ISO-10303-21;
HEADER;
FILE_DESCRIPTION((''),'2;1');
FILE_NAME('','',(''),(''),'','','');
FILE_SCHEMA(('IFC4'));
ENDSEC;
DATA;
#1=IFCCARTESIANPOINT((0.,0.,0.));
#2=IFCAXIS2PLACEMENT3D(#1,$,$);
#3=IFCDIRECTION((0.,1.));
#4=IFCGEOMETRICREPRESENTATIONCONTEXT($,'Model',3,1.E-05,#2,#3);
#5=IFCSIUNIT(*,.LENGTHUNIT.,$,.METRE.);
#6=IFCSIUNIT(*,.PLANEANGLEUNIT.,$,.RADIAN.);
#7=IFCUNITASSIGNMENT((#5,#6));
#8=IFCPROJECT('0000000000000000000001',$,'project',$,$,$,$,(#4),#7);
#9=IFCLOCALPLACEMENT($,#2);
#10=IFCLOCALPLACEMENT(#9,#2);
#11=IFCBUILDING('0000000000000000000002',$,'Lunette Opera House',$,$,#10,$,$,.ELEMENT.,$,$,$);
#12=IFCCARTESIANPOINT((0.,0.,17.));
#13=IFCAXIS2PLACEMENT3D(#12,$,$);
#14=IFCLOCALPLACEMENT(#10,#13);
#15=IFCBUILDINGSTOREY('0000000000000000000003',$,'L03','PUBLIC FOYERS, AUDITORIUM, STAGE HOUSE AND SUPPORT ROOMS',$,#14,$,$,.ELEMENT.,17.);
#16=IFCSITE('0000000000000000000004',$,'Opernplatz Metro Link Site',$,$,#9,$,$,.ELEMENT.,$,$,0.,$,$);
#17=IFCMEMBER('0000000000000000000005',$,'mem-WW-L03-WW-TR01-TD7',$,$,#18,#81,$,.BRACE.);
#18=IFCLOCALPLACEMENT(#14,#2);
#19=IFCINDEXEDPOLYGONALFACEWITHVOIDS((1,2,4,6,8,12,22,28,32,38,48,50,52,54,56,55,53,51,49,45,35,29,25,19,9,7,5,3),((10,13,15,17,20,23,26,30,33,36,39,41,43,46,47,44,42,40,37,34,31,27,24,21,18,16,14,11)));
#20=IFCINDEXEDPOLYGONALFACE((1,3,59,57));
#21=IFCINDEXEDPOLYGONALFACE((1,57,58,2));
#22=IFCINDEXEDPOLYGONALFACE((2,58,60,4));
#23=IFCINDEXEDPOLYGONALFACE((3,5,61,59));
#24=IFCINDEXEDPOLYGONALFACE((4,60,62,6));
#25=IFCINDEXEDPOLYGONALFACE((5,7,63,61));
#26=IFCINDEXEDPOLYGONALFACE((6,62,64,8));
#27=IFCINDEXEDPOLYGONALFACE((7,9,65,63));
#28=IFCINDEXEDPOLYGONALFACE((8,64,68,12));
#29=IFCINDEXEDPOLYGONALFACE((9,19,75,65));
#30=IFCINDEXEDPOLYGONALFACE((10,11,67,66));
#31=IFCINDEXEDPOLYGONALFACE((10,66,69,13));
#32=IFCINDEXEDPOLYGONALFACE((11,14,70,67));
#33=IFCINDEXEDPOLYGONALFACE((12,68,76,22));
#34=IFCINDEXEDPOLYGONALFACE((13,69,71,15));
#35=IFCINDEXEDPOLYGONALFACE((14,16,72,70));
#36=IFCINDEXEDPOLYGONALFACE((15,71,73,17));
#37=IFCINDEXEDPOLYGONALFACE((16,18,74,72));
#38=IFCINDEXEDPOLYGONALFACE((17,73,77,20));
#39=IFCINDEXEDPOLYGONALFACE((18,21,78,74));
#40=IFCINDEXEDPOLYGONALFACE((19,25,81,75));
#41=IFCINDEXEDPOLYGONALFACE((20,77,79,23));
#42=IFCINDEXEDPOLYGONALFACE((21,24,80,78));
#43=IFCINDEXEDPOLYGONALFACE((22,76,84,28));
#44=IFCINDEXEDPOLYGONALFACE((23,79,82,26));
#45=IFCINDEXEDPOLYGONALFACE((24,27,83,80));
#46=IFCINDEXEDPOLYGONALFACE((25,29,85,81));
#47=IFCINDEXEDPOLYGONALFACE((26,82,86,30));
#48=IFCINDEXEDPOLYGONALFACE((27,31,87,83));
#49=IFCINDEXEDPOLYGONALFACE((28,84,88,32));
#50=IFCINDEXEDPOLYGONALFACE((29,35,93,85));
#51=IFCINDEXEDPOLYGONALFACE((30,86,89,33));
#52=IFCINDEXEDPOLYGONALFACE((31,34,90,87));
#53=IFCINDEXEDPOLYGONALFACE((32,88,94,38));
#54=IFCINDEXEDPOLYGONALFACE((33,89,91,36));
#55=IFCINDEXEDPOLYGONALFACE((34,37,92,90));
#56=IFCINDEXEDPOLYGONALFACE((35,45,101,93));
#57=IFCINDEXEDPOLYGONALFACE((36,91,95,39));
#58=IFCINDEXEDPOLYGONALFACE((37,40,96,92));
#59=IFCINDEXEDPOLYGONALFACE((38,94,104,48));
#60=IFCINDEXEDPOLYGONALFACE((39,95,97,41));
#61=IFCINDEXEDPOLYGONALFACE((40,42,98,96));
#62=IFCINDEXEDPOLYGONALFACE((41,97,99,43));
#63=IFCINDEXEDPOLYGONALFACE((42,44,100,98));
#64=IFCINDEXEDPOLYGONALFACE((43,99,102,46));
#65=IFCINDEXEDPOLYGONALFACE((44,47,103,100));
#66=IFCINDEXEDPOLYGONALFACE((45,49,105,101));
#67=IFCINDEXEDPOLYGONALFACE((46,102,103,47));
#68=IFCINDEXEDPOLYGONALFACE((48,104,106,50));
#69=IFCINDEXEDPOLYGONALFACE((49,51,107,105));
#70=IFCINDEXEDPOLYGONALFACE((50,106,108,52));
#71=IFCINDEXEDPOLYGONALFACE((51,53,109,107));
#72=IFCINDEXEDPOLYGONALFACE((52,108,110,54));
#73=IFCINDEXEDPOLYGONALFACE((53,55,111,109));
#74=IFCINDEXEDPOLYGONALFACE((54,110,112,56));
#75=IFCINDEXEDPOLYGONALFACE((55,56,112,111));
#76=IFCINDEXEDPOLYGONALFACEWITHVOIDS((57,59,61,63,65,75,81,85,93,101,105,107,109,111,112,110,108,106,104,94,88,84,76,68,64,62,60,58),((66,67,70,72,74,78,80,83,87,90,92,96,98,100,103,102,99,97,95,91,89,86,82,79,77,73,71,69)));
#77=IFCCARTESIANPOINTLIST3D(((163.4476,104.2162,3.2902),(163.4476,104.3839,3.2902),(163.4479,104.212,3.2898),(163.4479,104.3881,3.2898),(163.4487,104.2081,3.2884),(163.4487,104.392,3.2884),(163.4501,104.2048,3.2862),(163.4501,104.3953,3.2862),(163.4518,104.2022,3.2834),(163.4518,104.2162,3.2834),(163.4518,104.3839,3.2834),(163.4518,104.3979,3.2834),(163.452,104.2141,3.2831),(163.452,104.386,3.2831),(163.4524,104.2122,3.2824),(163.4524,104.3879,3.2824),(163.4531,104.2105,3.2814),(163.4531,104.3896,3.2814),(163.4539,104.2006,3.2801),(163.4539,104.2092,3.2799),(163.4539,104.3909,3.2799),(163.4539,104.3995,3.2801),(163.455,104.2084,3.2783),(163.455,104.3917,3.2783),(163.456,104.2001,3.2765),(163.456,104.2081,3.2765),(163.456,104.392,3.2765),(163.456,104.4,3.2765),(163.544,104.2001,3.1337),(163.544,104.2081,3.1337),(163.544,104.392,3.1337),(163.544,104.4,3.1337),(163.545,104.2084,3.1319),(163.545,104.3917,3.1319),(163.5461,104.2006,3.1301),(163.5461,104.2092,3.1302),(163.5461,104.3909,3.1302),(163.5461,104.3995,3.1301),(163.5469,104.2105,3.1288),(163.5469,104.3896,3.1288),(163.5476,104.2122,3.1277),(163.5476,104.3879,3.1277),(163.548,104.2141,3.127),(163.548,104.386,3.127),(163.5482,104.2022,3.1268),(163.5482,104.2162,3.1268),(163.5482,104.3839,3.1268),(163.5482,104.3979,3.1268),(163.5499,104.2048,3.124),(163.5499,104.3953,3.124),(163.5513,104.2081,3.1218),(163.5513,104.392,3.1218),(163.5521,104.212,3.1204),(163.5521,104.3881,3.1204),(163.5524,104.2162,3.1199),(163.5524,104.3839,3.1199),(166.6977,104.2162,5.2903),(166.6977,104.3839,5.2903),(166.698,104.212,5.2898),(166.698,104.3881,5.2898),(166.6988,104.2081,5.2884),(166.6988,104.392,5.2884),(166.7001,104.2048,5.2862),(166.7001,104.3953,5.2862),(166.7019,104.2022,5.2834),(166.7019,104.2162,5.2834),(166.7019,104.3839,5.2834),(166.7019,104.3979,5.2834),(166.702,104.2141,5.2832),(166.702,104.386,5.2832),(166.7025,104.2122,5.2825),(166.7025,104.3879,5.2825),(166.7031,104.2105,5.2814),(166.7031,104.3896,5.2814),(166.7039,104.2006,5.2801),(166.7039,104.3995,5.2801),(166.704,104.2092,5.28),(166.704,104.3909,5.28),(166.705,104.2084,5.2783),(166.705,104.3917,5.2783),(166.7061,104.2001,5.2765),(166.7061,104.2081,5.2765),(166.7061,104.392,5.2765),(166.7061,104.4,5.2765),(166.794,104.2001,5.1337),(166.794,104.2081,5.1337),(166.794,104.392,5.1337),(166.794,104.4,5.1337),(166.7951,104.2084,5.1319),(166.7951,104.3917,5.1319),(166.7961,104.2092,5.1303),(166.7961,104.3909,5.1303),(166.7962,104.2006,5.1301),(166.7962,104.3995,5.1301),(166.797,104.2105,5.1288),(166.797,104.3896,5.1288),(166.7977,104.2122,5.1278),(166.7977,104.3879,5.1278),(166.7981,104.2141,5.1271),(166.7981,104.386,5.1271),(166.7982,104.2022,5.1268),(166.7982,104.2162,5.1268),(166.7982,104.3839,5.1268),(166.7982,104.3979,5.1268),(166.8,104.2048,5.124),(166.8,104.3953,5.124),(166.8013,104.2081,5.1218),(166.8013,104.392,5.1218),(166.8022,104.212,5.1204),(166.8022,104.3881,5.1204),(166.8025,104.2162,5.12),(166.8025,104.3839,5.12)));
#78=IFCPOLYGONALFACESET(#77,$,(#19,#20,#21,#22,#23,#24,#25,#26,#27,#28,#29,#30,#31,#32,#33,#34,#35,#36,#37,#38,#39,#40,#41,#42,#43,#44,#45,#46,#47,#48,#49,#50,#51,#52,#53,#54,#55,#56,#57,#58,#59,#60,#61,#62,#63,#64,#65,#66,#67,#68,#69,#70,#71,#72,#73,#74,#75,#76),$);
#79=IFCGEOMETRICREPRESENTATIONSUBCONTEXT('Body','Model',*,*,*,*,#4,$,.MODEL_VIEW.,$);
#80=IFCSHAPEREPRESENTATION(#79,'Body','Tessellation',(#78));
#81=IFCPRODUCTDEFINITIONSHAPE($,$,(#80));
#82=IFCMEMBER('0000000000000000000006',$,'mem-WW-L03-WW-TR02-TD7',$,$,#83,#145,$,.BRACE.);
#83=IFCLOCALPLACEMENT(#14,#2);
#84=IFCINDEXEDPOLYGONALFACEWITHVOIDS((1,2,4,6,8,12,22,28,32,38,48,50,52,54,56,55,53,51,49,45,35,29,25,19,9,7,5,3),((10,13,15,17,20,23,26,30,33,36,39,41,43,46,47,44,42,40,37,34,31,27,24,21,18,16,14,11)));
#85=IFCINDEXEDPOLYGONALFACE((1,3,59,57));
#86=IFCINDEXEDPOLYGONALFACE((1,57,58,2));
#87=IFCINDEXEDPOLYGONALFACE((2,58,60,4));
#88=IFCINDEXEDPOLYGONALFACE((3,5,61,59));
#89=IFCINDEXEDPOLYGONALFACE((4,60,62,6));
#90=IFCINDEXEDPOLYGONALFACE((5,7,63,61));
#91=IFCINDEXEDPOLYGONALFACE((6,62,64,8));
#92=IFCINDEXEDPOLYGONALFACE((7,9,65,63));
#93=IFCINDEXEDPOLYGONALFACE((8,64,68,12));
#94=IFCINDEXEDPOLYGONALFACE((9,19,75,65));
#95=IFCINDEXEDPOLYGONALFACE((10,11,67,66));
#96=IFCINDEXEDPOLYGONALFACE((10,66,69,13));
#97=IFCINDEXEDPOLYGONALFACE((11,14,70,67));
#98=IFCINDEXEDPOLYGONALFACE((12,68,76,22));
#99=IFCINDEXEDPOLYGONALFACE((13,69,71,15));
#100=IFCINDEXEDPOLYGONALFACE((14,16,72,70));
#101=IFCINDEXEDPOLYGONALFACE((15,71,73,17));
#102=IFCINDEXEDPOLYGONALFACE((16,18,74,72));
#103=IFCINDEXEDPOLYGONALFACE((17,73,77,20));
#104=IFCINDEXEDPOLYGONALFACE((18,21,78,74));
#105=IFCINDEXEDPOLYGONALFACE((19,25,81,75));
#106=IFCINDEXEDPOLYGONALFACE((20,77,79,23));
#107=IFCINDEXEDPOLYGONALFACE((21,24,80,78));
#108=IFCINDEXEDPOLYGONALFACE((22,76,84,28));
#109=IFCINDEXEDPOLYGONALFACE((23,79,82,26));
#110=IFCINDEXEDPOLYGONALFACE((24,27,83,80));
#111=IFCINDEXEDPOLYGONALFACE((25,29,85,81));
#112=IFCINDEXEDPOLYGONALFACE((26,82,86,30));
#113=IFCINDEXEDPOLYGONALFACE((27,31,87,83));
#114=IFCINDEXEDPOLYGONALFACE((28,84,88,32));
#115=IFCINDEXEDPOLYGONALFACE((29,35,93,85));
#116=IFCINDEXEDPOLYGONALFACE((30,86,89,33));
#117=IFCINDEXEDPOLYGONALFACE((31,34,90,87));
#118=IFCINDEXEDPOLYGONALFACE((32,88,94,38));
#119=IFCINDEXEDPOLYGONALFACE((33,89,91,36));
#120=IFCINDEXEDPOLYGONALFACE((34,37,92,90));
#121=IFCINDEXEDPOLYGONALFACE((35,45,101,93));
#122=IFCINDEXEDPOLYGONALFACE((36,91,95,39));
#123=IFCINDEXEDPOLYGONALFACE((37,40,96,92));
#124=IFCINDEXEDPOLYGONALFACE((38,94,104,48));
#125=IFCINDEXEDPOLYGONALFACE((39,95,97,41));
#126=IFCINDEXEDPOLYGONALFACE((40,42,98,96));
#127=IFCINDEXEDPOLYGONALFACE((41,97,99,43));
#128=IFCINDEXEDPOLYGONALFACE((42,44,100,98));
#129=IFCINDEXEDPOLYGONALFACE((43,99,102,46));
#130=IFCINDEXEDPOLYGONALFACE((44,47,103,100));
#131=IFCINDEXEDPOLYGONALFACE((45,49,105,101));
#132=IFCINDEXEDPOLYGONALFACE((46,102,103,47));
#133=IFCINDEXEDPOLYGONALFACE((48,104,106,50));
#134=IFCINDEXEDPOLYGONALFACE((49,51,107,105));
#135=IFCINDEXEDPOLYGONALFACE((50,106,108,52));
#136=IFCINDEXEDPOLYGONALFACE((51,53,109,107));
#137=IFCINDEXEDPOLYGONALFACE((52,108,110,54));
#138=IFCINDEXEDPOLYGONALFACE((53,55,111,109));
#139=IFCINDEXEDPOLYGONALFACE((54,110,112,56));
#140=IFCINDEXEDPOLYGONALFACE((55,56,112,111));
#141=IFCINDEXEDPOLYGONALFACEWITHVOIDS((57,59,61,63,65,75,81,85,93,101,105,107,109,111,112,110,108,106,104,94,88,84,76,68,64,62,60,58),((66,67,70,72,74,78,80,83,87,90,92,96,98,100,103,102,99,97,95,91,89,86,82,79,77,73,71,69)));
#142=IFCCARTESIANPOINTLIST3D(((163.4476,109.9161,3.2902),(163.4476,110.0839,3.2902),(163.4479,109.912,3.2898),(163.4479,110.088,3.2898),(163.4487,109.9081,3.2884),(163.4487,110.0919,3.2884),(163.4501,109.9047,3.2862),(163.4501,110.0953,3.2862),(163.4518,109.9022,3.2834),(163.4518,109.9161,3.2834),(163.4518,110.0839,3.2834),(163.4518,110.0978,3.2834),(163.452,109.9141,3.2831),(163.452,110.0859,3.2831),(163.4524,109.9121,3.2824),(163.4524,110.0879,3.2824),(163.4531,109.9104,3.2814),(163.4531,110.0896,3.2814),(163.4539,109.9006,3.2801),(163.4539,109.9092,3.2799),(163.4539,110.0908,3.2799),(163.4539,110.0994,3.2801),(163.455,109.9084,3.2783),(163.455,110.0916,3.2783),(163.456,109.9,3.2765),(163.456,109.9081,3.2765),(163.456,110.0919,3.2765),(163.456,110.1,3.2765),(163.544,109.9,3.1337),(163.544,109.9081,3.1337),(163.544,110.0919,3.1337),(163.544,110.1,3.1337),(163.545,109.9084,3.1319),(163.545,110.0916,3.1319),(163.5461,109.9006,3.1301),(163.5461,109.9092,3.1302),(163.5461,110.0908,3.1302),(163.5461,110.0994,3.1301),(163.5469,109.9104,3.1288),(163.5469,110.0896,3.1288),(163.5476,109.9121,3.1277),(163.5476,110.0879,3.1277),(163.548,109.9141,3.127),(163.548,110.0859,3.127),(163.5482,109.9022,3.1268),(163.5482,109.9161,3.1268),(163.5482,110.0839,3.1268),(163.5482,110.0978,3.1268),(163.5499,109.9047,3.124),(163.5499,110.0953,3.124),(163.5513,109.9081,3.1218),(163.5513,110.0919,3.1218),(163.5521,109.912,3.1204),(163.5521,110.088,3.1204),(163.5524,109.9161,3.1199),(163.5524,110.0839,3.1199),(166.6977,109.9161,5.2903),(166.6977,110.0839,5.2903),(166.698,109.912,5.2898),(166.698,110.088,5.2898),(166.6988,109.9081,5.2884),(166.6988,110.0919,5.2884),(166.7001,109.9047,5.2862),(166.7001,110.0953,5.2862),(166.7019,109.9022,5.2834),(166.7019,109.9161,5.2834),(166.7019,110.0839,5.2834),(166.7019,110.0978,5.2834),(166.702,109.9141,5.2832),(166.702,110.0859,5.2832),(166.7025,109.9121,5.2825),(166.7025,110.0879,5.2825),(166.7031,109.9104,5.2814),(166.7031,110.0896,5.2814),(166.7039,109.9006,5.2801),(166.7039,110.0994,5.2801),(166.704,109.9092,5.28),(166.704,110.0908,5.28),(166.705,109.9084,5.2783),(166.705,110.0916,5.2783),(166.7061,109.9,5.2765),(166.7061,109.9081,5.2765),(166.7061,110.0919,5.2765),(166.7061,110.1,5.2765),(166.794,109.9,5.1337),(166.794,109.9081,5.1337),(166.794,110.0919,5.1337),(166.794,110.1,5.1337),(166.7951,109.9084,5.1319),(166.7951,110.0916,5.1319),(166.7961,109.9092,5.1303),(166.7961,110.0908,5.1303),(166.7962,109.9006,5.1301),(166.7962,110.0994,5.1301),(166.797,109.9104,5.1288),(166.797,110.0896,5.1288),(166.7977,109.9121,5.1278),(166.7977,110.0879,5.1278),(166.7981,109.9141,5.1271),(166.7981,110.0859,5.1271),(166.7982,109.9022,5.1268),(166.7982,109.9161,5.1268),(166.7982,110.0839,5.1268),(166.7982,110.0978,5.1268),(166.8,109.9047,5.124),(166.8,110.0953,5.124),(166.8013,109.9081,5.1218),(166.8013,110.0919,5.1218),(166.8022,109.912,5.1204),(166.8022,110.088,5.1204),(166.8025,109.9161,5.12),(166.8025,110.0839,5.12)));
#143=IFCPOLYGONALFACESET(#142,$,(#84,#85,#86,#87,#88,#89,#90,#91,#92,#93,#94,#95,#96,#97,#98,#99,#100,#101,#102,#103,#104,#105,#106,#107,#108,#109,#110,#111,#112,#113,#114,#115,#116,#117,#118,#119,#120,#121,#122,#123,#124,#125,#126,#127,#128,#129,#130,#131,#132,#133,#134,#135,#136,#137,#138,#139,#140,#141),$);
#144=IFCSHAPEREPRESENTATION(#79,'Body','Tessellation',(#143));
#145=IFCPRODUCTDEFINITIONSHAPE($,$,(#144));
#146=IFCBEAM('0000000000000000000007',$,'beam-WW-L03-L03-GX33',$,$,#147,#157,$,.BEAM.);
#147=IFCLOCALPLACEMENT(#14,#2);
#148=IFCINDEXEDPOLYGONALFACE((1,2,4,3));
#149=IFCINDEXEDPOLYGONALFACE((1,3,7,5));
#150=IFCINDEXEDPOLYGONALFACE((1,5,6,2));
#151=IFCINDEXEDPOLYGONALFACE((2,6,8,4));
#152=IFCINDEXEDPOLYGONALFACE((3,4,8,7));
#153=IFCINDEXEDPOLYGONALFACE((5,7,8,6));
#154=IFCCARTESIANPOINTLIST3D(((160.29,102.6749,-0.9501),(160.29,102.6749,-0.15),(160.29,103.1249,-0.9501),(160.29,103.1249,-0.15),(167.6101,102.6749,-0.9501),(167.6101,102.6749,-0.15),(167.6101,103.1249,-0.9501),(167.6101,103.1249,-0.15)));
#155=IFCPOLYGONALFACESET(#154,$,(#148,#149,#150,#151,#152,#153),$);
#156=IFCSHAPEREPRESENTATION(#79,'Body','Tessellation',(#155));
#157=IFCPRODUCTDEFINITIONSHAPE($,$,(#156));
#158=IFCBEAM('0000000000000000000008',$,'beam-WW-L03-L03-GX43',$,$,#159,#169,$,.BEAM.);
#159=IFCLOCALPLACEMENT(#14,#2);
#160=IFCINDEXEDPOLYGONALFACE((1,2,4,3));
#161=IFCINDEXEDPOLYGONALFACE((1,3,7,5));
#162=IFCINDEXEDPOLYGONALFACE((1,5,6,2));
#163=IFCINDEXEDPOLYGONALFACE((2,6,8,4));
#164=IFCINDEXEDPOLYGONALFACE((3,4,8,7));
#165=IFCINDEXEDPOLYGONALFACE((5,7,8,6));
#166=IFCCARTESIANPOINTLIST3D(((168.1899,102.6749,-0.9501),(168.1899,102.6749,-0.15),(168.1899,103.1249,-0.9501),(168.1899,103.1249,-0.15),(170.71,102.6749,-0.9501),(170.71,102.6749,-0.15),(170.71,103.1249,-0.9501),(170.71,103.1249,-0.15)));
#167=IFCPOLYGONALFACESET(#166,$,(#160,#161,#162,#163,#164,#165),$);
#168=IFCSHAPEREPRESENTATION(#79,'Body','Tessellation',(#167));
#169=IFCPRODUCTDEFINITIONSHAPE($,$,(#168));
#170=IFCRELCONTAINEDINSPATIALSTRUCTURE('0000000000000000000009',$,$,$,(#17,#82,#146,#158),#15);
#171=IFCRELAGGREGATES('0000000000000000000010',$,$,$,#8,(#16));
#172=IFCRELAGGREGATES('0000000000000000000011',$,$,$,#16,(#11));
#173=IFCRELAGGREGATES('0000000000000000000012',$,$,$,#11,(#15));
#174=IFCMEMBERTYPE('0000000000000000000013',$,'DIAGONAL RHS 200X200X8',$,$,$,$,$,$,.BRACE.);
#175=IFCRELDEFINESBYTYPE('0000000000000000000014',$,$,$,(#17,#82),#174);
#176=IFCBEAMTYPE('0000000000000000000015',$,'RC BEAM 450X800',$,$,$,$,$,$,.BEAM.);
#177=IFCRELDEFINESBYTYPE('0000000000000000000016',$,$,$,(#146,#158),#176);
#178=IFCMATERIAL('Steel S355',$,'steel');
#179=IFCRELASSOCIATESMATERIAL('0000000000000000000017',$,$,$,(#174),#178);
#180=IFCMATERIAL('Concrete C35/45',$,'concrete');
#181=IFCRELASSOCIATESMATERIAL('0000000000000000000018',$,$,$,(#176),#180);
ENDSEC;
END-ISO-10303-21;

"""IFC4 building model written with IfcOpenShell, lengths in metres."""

from ifc_helpers import new_model, si_unit, direction, frame, origin, origin_2d, place, context, subcontext, project, spatial, rectangle, hollow_rectangle, extrude, material, material_profile, profile_set, type_object, element, save


model = new_model("IFC4")

# Units and contexts
model_context = context("Model", 3, precision=1e-05, world=origin(), true_north=direction((0.0, 1.0)))
body_context = subcontext(model_context, "Body", "Model", "MODEL_VIEW")
ifc_project = project(units=[si_unit("LENGTHUNIT", "METRE"), si_unit("PLANEANGLEUNIT", "RADIAN")], contexts=[model_context])

# Site, building, storey
site_placement = place(None, origin())
site = spatial("IfcSite", under=ifc_project, at=site_placement, Name="Opernplatz Metro Link Site", CompositionType="ELEMENT", RefElevation=0.0)
building_placement = place(site_placement, origin())
building = spatial("IfcBuilding", under=site, at=building_placement, Name="Lunette Opera House", CompositionType="ELEMENT")
storey_placement = place(building_placement, frame((0.0, 0.0, 17.0)))
storey = spatial("IfcBuildingStorey", under=building, at=storey_placement, Name="L03", Description="PUBLIC FOYERS, AUDITORIUM, STAGE HOUSE AND SUPPORT ROOMS", CompositionType="ELEMENT", Elevation=17.0)

# Members
ifc_material_1 = material(Name="Steel S355", Category="steel")
ifc_material_profile_1 = material_profile(ifc_material_1, hollow_rectangle(XDim=0.2, YDim=0.2, WallThickness=0.0081, InnerFilletRadius=0.0081, OuterFilletRadius=0.0161, at=origin_2d()), Name="RHS 200X200X8")
ifc_profile_set_1 = profile_set([ifc_material_profile_1], Name="Steel S355")
member_type_1 = type_object("IfcMemberType", Name="DIAGONAL RHS 200X200X8", PredefinedType="BRACE", material=ifc_profile_set_1)
for number, where, z_axis, x_axis, name in (
    (1, (163.5, 104.3, 3.2051), (0.851658, 0.0, 0.524097), (0.0, 1.0, 0.0), "mem-WW-L03-WW-TR01-TD7"),
    (2, (163.5, 110.0, 3.2051), (0.851658, 0.0, 0.524097), (0.0, 1.0, 0.0), "mem-WW-L03-WW-TR02-TD7"),
):
    element("IfcMember", number, at=place(storey_placement, frame(where, z_axis=z_axis, x_axis=x_axis)), inside=storey, type_object=member_type_1, Name=name, PredefinedType="BRACE", context=body_context, shape_type="SweptSolid", body=[
        extrude(hollow_rectangle(XDim=0.2, YDim=0.2, WallThickness=0.0081, InnerFilletRadius=0.0081, OuterFilletRadius=0.0161, at=origin_2d()), origin(), (0.0, 0.0, 1.0), 3.8162),
    ])

# Beams
ifc_material_2 = material(Name="Concrete C35/45", Category="concrete")
ifc_material_profile_2 = material_profile(ifc_material_2, rectangle(XDim=0.45, YDim=0.8, at=origin_2d()), Name="RC BEAM 450X800")
ifc_profile_set_2 = profile_set([ifc_material_profile_2], Name="Concrete C35/45")
beam_type = type_object("IfcBeamType", Name="RC BEAM 450X800", PredefinedType="BEAM", material=ifc_profile_set_2)
beam_1_placement = place(storey_placement, frame((160.29, 102.8999, -0.55), z_axis=(1.0, 0.0, 0.0), x_axis=(0.0, 1.0, 0.0)))
element("IfcBeam", 3, at=beam_1_placement, inside=storey, type_object=beam_type, Name="beam-WW-L03-L03-GX33", PredefinedType="BEAM", context=body_context, shape_type="SweptSolid", body=[
    extrude(rectangle(XDim=0.45, YDim=0.8, at=origin_2d()), origin(), (0.0, 0.0, 1.0), 7.3201),
])
beam_2_placement = place(storey_placement, frame((168.1899, 102.8999, -0.55), z_axis=(1.0, 0.0, 0.0), x_axis=(0.0, 1.0, 0.0)))
element("IfcBeam", 4, at=beam_2_placement, inside=storey, type_object=beam_type, Name="beam-WW-L03-L03-GX43", PredefinedType="BEAM", context=body_context, shape_type="SweptSolid", body=[
    extrude(rectangle(XDim=0.45, YDim=0.8, at=origin_2d()), origin(), (0.0, 0.0, 1.0), 2.52),
])

save(model, "model.ifc")
